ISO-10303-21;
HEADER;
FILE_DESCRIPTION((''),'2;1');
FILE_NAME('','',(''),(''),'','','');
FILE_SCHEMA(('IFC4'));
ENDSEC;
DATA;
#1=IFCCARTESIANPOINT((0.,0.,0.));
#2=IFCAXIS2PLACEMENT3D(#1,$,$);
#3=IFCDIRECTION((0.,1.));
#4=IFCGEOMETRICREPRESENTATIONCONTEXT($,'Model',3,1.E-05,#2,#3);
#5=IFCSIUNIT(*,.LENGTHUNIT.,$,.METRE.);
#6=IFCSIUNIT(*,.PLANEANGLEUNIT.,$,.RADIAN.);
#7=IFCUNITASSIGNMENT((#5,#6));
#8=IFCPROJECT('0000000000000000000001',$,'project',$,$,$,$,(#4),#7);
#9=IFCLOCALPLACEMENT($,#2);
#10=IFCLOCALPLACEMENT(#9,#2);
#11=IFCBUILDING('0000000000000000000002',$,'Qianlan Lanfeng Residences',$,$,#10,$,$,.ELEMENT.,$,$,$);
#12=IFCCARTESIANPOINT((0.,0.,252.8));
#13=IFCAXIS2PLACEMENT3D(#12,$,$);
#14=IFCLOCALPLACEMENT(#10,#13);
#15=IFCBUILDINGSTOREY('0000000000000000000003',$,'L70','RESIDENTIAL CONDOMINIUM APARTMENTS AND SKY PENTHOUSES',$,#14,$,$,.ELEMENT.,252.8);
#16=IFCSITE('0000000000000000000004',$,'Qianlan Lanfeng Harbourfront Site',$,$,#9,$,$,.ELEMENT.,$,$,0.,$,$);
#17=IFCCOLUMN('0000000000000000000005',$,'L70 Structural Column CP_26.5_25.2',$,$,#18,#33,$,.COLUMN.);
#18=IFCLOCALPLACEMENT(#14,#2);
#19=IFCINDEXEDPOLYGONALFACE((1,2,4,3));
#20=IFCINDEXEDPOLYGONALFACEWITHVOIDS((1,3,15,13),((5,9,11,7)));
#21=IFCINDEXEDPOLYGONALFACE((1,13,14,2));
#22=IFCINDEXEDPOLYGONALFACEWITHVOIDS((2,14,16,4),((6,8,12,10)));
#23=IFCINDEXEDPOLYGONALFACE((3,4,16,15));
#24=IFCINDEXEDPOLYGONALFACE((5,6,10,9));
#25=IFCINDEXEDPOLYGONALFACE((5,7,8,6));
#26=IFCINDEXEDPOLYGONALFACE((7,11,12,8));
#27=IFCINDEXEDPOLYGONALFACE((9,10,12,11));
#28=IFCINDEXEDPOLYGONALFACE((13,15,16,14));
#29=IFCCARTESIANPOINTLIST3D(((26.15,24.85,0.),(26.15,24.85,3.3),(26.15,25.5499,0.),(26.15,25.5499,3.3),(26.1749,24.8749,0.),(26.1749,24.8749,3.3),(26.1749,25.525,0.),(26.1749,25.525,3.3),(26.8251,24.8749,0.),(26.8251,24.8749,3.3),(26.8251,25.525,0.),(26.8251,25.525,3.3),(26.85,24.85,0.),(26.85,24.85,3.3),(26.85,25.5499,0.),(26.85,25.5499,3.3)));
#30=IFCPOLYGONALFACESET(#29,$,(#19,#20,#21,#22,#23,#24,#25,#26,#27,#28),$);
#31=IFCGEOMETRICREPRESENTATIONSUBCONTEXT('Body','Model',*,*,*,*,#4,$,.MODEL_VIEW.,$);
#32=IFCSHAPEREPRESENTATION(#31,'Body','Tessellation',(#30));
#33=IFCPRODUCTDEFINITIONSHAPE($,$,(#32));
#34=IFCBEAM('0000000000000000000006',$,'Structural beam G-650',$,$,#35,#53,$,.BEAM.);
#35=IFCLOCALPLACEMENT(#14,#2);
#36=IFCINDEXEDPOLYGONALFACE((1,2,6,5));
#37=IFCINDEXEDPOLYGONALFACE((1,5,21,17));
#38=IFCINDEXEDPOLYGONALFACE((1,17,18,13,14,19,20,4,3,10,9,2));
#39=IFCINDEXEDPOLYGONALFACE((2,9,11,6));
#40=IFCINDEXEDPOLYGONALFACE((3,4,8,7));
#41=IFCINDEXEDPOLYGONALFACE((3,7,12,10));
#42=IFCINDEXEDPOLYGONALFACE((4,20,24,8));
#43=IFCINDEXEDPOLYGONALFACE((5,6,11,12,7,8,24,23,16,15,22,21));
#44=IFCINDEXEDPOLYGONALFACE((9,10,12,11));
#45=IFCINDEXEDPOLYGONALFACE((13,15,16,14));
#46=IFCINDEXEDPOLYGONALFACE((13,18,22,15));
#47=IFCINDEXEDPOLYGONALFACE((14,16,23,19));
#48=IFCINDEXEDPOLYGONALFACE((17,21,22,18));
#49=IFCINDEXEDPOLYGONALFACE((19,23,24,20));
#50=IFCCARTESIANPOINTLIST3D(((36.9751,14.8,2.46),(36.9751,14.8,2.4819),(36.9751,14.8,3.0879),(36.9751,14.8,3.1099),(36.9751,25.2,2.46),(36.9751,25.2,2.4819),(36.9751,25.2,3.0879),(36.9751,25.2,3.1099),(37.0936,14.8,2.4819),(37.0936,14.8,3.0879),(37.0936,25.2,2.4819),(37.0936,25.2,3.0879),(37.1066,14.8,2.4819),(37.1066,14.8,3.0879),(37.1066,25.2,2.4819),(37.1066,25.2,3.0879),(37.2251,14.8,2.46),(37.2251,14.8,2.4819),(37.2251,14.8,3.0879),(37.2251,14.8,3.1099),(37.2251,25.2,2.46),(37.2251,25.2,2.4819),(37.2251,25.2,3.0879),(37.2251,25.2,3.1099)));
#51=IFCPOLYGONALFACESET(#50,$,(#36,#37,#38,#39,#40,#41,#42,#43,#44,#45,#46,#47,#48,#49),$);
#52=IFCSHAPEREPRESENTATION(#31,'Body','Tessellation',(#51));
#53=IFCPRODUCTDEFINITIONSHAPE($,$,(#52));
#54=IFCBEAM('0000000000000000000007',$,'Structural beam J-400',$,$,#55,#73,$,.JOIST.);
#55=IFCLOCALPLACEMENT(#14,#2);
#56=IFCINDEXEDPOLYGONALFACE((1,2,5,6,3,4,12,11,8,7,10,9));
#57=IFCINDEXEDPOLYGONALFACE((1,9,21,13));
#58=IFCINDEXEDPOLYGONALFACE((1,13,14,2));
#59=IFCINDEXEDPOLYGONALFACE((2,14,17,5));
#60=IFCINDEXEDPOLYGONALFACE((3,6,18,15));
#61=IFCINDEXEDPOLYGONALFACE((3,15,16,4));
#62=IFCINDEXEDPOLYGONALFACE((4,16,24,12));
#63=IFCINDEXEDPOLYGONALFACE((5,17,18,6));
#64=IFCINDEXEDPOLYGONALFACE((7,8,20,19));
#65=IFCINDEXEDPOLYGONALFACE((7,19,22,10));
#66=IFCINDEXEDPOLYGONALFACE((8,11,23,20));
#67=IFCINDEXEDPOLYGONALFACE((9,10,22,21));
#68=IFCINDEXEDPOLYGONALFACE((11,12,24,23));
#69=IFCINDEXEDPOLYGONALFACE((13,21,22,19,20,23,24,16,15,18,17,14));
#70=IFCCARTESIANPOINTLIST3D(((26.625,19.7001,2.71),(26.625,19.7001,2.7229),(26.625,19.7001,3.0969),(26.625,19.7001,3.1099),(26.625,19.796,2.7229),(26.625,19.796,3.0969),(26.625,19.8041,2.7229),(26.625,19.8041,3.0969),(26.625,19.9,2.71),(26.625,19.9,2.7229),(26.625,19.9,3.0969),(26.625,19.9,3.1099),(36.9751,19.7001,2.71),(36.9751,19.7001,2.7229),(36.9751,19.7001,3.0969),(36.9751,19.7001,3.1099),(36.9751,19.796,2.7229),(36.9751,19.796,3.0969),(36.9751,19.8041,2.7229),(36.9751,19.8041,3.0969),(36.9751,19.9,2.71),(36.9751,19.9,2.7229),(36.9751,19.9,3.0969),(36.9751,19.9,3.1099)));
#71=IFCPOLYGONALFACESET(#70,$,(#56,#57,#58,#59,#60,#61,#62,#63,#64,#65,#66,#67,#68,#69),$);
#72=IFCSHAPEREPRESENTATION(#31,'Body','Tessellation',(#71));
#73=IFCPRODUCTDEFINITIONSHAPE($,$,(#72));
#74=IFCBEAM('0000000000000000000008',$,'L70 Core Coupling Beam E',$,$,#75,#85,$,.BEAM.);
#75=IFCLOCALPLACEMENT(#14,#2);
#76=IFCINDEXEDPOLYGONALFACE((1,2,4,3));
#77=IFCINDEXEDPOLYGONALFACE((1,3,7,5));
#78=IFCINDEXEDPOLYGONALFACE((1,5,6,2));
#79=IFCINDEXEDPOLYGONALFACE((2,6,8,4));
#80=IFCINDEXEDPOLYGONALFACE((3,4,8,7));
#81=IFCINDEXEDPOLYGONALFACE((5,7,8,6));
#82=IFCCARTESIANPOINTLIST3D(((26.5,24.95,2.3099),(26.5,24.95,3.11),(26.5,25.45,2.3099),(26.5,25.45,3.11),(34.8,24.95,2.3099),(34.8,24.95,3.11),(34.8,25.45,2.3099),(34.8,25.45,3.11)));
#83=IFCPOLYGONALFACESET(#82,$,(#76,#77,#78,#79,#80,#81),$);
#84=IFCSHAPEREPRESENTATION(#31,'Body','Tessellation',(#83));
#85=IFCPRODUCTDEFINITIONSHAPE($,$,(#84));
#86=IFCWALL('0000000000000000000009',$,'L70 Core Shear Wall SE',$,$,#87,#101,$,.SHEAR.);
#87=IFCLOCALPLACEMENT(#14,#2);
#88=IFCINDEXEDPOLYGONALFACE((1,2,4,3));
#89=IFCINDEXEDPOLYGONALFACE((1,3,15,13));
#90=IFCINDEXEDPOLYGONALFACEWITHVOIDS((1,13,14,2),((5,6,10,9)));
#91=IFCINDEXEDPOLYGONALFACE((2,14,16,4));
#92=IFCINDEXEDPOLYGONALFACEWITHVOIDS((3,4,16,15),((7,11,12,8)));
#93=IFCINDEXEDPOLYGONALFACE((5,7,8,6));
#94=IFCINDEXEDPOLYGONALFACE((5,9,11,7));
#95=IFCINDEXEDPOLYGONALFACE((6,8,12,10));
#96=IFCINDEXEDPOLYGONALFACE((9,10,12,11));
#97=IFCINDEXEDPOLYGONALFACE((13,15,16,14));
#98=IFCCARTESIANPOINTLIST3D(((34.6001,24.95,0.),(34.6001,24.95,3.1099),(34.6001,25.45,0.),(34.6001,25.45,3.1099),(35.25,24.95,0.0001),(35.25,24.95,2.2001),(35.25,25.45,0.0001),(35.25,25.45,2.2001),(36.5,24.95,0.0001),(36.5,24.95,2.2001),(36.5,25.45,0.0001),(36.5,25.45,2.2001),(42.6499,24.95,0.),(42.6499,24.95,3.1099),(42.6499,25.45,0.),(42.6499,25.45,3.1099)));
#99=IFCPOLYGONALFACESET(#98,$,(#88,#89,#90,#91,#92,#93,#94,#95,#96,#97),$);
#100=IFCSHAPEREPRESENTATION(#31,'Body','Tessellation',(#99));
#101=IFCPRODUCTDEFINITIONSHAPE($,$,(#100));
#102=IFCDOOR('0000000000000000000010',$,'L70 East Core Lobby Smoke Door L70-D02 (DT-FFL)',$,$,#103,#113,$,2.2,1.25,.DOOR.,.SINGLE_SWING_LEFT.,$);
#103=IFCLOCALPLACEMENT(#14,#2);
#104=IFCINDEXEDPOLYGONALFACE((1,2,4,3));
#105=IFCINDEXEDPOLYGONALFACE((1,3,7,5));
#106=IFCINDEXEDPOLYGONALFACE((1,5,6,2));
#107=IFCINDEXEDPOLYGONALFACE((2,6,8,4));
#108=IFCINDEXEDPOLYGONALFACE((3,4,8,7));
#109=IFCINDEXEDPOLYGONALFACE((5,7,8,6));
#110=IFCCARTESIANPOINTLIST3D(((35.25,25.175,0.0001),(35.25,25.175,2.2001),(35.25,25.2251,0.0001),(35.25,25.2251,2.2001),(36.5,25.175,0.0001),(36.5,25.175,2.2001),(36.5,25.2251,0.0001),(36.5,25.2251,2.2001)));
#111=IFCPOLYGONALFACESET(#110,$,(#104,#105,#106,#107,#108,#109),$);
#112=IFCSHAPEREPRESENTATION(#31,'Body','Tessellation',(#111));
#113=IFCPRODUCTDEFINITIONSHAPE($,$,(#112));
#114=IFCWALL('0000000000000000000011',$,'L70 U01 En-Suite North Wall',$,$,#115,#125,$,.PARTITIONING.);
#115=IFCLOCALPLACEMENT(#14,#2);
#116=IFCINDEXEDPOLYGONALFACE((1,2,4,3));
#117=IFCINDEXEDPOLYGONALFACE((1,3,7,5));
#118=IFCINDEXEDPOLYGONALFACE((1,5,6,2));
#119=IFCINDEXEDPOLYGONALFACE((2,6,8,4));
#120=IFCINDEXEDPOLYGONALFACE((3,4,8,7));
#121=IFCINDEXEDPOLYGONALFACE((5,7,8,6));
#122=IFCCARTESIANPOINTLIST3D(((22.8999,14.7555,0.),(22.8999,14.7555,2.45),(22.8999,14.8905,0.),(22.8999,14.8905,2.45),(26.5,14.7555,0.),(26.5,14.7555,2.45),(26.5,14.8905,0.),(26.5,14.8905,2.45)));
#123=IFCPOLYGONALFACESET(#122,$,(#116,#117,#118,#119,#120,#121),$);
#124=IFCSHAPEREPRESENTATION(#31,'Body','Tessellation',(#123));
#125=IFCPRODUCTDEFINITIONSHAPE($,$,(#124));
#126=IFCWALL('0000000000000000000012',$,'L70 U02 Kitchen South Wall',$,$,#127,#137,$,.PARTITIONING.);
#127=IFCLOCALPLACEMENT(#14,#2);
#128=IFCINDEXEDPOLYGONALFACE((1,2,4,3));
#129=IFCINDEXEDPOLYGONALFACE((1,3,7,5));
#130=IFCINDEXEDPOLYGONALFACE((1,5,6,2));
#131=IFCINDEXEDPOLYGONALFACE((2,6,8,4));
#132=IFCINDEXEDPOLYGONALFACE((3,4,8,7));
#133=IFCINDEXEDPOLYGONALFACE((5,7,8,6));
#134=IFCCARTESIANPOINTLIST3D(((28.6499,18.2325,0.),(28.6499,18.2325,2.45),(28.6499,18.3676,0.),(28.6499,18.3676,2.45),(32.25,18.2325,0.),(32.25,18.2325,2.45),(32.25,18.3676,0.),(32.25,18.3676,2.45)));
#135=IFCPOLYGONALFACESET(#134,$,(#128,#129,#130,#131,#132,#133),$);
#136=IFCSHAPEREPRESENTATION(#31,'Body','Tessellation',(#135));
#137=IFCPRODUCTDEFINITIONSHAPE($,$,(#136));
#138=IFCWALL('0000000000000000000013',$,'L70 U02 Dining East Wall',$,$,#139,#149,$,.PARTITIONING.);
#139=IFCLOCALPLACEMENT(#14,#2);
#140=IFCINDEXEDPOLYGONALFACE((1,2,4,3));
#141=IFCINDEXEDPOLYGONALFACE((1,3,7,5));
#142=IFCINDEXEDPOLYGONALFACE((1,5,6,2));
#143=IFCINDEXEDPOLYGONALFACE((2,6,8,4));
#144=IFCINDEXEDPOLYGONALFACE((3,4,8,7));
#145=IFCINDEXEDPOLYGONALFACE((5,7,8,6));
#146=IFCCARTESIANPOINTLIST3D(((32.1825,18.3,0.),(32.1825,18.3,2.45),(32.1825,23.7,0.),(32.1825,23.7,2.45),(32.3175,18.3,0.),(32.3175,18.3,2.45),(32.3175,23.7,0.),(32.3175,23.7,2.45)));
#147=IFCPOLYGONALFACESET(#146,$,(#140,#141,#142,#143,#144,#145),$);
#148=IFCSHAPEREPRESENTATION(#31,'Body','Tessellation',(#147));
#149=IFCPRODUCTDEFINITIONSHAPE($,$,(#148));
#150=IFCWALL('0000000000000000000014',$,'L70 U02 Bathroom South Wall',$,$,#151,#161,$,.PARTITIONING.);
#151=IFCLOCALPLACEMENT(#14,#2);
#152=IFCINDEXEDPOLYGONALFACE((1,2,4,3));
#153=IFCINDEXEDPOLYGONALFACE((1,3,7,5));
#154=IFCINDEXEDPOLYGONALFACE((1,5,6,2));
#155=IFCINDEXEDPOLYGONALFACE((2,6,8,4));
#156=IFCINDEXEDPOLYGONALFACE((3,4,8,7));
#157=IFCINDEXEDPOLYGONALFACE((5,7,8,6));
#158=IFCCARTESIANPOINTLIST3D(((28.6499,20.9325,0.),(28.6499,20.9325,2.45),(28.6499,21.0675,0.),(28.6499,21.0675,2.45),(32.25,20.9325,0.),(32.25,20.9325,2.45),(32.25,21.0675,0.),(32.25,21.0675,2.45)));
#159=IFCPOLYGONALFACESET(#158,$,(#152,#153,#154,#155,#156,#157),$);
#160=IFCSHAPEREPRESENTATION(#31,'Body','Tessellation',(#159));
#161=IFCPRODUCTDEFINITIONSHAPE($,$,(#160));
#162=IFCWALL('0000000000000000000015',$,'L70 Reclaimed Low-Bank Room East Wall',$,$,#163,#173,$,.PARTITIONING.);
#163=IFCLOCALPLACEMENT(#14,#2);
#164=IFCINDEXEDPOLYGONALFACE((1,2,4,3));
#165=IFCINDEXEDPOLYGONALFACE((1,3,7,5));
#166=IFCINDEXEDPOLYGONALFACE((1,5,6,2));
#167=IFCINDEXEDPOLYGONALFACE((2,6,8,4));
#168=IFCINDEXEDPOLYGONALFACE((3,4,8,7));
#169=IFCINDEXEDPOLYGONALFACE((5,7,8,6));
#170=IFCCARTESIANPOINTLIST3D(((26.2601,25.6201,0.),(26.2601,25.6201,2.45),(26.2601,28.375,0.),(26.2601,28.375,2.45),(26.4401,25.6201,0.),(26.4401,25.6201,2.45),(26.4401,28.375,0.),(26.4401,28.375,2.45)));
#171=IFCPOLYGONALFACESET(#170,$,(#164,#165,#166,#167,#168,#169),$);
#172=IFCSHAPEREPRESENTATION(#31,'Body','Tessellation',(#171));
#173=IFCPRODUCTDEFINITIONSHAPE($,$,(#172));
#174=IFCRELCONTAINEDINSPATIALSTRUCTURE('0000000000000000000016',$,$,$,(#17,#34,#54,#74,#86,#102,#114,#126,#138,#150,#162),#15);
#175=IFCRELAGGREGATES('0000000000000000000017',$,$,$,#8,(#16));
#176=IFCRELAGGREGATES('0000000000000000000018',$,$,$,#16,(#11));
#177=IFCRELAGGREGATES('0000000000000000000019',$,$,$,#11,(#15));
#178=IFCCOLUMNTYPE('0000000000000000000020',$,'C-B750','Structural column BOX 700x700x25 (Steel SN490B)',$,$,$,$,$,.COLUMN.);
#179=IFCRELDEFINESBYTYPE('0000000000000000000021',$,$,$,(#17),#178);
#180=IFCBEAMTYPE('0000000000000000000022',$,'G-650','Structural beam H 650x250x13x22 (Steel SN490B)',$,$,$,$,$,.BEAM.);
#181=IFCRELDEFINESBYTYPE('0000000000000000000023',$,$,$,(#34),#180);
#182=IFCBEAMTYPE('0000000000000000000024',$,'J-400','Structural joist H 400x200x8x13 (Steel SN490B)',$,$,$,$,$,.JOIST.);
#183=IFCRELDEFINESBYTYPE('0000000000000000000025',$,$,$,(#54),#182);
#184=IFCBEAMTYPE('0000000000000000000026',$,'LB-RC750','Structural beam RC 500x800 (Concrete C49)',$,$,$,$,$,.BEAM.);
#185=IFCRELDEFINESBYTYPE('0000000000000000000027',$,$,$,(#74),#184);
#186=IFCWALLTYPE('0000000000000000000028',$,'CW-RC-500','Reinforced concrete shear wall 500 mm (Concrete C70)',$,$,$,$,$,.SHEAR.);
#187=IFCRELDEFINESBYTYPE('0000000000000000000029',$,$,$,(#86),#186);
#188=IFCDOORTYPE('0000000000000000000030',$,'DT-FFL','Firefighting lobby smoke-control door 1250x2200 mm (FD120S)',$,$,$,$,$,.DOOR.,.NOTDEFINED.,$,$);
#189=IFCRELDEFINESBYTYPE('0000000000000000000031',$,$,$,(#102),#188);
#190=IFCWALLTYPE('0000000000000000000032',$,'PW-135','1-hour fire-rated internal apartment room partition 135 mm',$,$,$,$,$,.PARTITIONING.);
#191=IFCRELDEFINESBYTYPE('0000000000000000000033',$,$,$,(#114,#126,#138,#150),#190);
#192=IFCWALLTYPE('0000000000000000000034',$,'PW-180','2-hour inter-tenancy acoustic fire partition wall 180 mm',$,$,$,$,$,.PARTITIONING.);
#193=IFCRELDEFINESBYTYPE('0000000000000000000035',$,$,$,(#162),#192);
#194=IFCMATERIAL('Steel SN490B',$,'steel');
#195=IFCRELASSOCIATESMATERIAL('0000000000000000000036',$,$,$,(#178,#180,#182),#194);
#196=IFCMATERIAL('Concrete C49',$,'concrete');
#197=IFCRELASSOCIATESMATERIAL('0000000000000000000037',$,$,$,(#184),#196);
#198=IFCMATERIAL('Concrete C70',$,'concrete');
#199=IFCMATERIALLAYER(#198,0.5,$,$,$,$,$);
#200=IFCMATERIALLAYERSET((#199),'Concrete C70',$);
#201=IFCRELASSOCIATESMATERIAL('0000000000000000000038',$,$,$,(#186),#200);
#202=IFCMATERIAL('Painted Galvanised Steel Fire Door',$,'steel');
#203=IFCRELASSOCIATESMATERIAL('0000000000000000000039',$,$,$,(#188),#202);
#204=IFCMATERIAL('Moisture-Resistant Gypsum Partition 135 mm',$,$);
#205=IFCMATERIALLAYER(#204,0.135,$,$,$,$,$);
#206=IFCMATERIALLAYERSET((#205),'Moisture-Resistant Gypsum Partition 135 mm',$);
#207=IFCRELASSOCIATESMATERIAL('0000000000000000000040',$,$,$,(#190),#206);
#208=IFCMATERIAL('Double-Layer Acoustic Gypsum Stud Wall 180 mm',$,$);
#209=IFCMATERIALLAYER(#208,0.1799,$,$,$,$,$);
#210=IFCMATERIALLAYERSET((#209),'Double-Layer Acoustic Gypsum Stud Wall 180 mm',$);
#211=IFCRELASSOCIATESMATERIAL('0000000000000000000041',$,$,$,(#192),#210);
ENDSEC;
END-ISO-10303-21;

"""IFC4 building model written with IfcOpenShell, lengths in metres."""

from ifc_helpers import new_model, si_unit, direction, frame, frame_2d, origin, origin_2d, place, context, subcontext, project, spatial, rectangle, hollow_rectangle, i_section, extrude, material, layer, layer_set, material_profile, profile_set, type_object, element, fill, save


model = new_model("IFC4")

# Units and contexts
model_context = context("Model", 3, precision=1e-05, world=origin(), true_north=direction((0.0, 1.0)))
body_context = subcontext(model_context, "Body", "Model", "MODEL_VIEW")
ifc_project = project(units=[si_unit("LENGTHUNIT", "METRE"), si_unit("PLANEANGLEUNIT", "RADIAN")], contexts=[model_context])

# Site, building, storey
site_placement = place(None, origin())
site = spatial("IfcSite", under=ifc_project, at=site_placement, Name="Qianlan Lanfeng Harbourfront Site", CompositionType="ELEMENT", RefElevation=0.0)
building_placement = place(site_placement, origin())
building = spatial("IfcBuilding", under=site, at=building_placement, Name="Qianlan Lanfeng Residences", CompositionType="ELEMENT")
storey_placement = place(building_placement, frame((0.0, 0.0, 252.8)))
storey = spatial("IfcBuildingStorey", under=building, at=storey_placement, Name="L70", Description="RESIDENTIAL CONDOMINIUM APARTMENTS AND SKY PENTHOUSES", CompositionType="ELEMENT", Elevation=252.8)

# Column
ifc_material_1 = material(Name="Steel SN490B", Category="steel")
ifc_material_profile_1 = material_profile(ifc_material_1, hollow_rectangle(XDim=0.7, YDim=0.7, WallThickness=0.0249, at=origin_2d()), Name="BOX 700x700x25")
ifc_profile_set_1 = profile_set([ifc_material_profile_1], Name="Steel SN490B")
column_type = type_object("IfcColumnType", Name="C-B750", Description="Structural column BOX 700x700x25 (Steel SN490B)", PredefinedType="COLUMN", material=ifc_profile_set_1)
column_placement = place(storey_placement, frame((26.5, 25.2, 0.0), z_axis=(0.0, 0.0, 1.0), x_axis=(1.0, 0.0, 0.0)))
element("IfcColumn", 1, at=column_placement, inside=storey, type_object=column_type, Name="L70 Structural Column CP_26.5_25.2", PredefinedType="COLUMN", context=body_context, shape_type="SweptSolid", body=[
    extrude(hollow_rectangle(XDim=0.7, YDim=0.7, WallThickness=0.0249, at=origin_2d()), origin(), (0.0, 0.0, 1.0), 3.3),
])

# Beams
ifc_material_profile_2 = material_profile(ifc_material_1, i_section(OverallWidth=0.25, OverallDepth=0.6499, WebThickness=0.0129, FlangeThickness=0.022, at=origin_2d()), Name="H 650x250x13x22")
ifc_profile_set_2 = profile_set([ifc_material_profile_2], Name="Steel SN490B")
beam_type_1 = type_object("IfcBeamType", Name="G-650", Description="Structural beam H 650x250x13x22 (Steel SN490B)", PredefinedType="BEAM", material=ifc_profile_set_2)
beam_1_placement = place(storey_placement, frame((37.1001, 14.8, 2.7849), z_axis=(0.0, 1.0, 0.0), x_axis=(-1.0, 0.0, 0.0)))
element("IfcBeam", 2, at=beam_1_placement, inside=storey, type_object=beam_type_1, Name="Structural beam G-650", PredefinedType="BEAM", context=body_context, shape_type="SweptSolid", body=[
    extrude(i_section(OverallWidth=0.25, OverallDepth=0.6499, WebThickness=0.0129, FlangeThickness=0.022, at=origin_2d()), origin(), (0.0, 0.0, 1.0), 10.3999),
])
ifc_material_profile_3 = material_profile(ifc_material_1, i_section(OverallWidth=0.2, OverallDepth=0.3999, WebThickness=0.0081, FlangeThickness=0.0129, at=origin_2d()), Name="H 400x200x8x13")
ifc_profile_set_3 = profile_set([ifc_material_profile_3], Name="Steel SN490B")
beam_type_2 = type_object("IfcBeamType", Name="J-400", Description="Structural joist H 400x200x8x13 (Steel SN490B)", PredefinedType="JOIST", material=ifc_profile_set_3)
beam_2_placement = place(storey_placement, frame((26.625, 19.8, 2.9099), z_axis=(1.0, 0.0, 0.0), x_axis=(0.0, 1.0, 0.0)))
element("IfcBeam", 3, at=beam_2_placement, inside=storey, type_object=beam_type_2, Name="Structural beam J-400", PredefinedType="JOIST", context=body_context, shape_type="SweptSolid", body=[
    extrude(i_section(OverallWidth=0.2, OverallDepth=0.3999, WebThickness=0.0081, FlangeThickness=0.0129, at=origin_2d()), origin(), (0.0, 0.0, 1.0), 10.3501),
])
ifc_material_2 = material(Name="Concrete C49", Category="concrete")
ifc_material_profile_4 = material_profile(ifc_material_2, rectangle(XDim=0.5, YDim=0.8, at=origin_2d()), Name="RC 500x800")
ifc_profile_set_4 = profile_set([ifc_material_profile_4], Name="Concrete C49")
beam_type_3 = type_object("IfcBeamType", Name="LB-RC750", Description="Structural beam RC 500x800 (Concrete C49)", PredefinedType="BEAM", material=ifc_profile_set_4)
beam_3_placement = place(storey_placement, frame((26.5, 25.2, 2.71), z_axis=(1.0, 0.0, 0.0), x_axis=(0.0, 1.0, 0.0)))
element("IfcBeam", 4, at=beam_3_placement, inside=storey, type_object=beam_type_3, Name="L70 Core Coupling Beam E", PredefinedType="BEAM", context=body_context, shape_type="SweptSolid", body=[
    extrude(rectangle(XDim=0.5, YDim=0.8, at=origin_2d()), origin(), (0.0, 0.0, 1.0), 8.3),
])

# Wall, opening, door
ifc_material_3 = material(Name="Concrete C70", Category="concrete")
ifc_layer_1 = layer(ifc_material_3, 0.5)
ifc_layer_set_1 = layer_set([ifc_layer_1], Name="Concrete C70")
wall_type_1 = type_object("IfcWallType", Name="CW-RC-500", Description="Reinforced concrete shear wall 500 mm (Concrete C70)", PredefinedType="SHEAR", material=ifc_layer_set_1)
wall_1_placement = place(storey_placement, frame((34.6001, 25.2, 0.0), z_axis=(0.0, 0.0, 1.0), x_axis=(1.0, 0.0, 0.0)))
wall_1 = element("IfcWall", 5, at=wall_1_placement, inside=storey, type_object=wall_type_1, Name="L70 Core Shear Wall SE", PredefinedType="SHEAR", context=body_context, shape_type="SweptSolid", body=[
    extrude(rectangle(XDim=8.0498, YDim=0.5, at=frame_2d((4.0249, 0.0))), origin(), (0.0, 0.0, 1.0), 3.1099),
])
opening_1_placement = place(wall_1_placement, frame((0.6499, 0.0, 0.0)))
opening_1 = element("IfcOpeningElement", 6, at=opening_1_placement, cuts=wall_1, PredefinedType="OPENING", context=body_context, shape_type="SweptSolid", body=[
    extrude(rectangle(XDim=1.25, YDim=2.2, at=frame_2d((0.625, 1.1001))), frame((0.0, 0.26, 0.0), z_axis=(0.0, -1.0, 0.0), x_axis=(1.0, 0.0, 0.0)), (0.0, 0.0, 1.0), 0.52),
])
ifc_material_4 = material(Name="Painted Galvanised Steel Fire Door", Category="steel")
door_type_1 = type_object("IfcDoorType", Name="DT-FFL", Description="Firefighting lobby smoke-control door 1250x2200 mm (FD120S)", OperationType="NOTDEFINED", PredefinedType="DOOR", material=ifc_material_4)
door_1_placement = place(opening_1_placement, frame((1.25, 0.0, 0.0), z_axis=(0.0, 0.0, 1.0), x_axis=(-1.0, 0.0, 0.0)))
door_1 = element("IfcDoor", 7, at=door_1_placement, inside=storey, type_object=door_type_1, Name="L70 East Core Lobby Smoke Door L70-D02 (DT-FFL)", OperationType="SINGLE_SWING_LEFT", OverallHeight=2.2, OverallWidth=1.25, PredefinedType="DOOR", context=body_context, shape_type="SweptSolid", body=[
    extrude(rectangle(XDim=1.25, YDim=2.2, at=frame_2d((0.625, 1.1001))), frame((0.0, 0.0249, 0.0), z_axis=(0.0, -1.0, 0.0), x_axis=(1.0, 0.0, 0.0)), (0.0, 0.0, 1.0), 0.05),
])
fill(opening_1, door_1)

# Walls
ifc_material_5 = material(Name="Moisture-Resistant Gypsum Partition 135 mm")
ifc_layer_2 = layer(ifc_material_5, 0.135)
ifc_layer_set_2 = layer_set([ifc_layer_2], Name="Moisture-Resistant Gypsum Partition 135 mm")
wall_type_2 = type_object("IfcWallType", Name="PW-135", Description="1-hour fire-rated internal apartment room partition 135 mm", PredefinedType="PARTITIONING", material=ifc_layer_set_2)
for number, where, z_axis, x_axis, name in (
    (8, (22.8999, 14.823, 0.0), (0.0, 0.0, 1.0), (1.0, 0.0, 0.0), "L70 U01 En-Suite North Wall"),
    (9, (28.6499, 18.3, 0.0), (0.0, 0.0, 1.0), (1.0, 0.0, 0.0), "L70 U02 Kitchen South Wall"),
):
    element("IfcWall", number, at=place(storey_placement, frame(where, z_axis=z_axis, x_axis=x_axis)), inside=storey, type_object=wall_type_2, Name=name, PredefinedType="PARTITIONING", context=body_context, shape_type="SweptSolid", body=[
        extrude(rectangle(XDim=3.6001, YDim=0.135, at=frame_2d((1.8, 0.0))), origin(), (0.0, 0.0, 1.0), 2.45),
    ])
wall_2_placement = place(storey_placement, frame((32.25, 18.3, 0.0), z_axis=(0.0, 0.0, 1.0), x_axis=(0.0, 1.0, 0.0)))
element("IfcWall", 10, at=wall_2_placement, inside=storey, type_object=wall_type_2, Name="L70 U02 Dining East Wall", PredefinedType="PARTITIONING", context=body_context, shape_type="SweptSolid", body=[
    extrude(rectangle(XDim=5.3999, YDim=0.135, at=frame_2d((2.7, 0.0))), origin(), (0.0, 0.0, 1.0), 2.45),
])
wall_3_placement = place(storey_placement, frame((28.6499, 21.0, 0.0), z_axis=(0.0, 0.0, 1.0), x_axis=(1.0, 0.0, 0.0)))
element("IfcWall", 11, at=wall_3_placement, inside=storey, type_object=wall_type_2, Name="L70 U02 Bathroom South Wall", PredefinedType="PARTITIONING", context=body_context, shape_type="SweptSolid", body=[
    extrude(rectangle(XDim=3.6001, YDim=0.135, at=frame_2d((1.8, 0.0))), origin(), (0.0, 0.0, 1.0), 2.45),
])
ifc_material_6 = material(Name="Double-Layer Acoustic Gypsum Stud Wall 180 mm")
ifc_layer_3 = layer(ifc_material_6, 0.1799)
ifc_layer_set_3 = layer_set([ifc_layer_3], Name="Double-Layer Acoustic Gypsum Stud Wall 180 mm")
wall_type_3 = type_object("IfcWallType", Name="PW-180", Description="2-hour inter-tenancy acoustic fire partition wall 180 mm", PredefinedType="PARTITIONING", material=ifc_layer_set_3)
for number, where, z_axis, x_axis, name in (
    (12, (26.3501, 25.6201, 0.0), (0.0, 0.0, 1.0), (0.0, 1.0, 0.0), "L70 Reclaimed Low-Bank Room East Wall"),
):
    element("IfcWall", number, at=place(storey_placement, frame(where, z_axis=z_axis, x_axis=x_axis)), inside=storey, type_object=wall_type_3, Name=name, PredefinedType="PARTITIONING", context=body_context, shape_type="SweptSolid", body=[
        extrude(rectangle(XDim=2.7549, YDim=0.1799, at=frame_2d((1.3774, 0.0))), origin(), (0.0, 0.0, 1.0), 2.45),
    ])

save(model, "model.ifc")
